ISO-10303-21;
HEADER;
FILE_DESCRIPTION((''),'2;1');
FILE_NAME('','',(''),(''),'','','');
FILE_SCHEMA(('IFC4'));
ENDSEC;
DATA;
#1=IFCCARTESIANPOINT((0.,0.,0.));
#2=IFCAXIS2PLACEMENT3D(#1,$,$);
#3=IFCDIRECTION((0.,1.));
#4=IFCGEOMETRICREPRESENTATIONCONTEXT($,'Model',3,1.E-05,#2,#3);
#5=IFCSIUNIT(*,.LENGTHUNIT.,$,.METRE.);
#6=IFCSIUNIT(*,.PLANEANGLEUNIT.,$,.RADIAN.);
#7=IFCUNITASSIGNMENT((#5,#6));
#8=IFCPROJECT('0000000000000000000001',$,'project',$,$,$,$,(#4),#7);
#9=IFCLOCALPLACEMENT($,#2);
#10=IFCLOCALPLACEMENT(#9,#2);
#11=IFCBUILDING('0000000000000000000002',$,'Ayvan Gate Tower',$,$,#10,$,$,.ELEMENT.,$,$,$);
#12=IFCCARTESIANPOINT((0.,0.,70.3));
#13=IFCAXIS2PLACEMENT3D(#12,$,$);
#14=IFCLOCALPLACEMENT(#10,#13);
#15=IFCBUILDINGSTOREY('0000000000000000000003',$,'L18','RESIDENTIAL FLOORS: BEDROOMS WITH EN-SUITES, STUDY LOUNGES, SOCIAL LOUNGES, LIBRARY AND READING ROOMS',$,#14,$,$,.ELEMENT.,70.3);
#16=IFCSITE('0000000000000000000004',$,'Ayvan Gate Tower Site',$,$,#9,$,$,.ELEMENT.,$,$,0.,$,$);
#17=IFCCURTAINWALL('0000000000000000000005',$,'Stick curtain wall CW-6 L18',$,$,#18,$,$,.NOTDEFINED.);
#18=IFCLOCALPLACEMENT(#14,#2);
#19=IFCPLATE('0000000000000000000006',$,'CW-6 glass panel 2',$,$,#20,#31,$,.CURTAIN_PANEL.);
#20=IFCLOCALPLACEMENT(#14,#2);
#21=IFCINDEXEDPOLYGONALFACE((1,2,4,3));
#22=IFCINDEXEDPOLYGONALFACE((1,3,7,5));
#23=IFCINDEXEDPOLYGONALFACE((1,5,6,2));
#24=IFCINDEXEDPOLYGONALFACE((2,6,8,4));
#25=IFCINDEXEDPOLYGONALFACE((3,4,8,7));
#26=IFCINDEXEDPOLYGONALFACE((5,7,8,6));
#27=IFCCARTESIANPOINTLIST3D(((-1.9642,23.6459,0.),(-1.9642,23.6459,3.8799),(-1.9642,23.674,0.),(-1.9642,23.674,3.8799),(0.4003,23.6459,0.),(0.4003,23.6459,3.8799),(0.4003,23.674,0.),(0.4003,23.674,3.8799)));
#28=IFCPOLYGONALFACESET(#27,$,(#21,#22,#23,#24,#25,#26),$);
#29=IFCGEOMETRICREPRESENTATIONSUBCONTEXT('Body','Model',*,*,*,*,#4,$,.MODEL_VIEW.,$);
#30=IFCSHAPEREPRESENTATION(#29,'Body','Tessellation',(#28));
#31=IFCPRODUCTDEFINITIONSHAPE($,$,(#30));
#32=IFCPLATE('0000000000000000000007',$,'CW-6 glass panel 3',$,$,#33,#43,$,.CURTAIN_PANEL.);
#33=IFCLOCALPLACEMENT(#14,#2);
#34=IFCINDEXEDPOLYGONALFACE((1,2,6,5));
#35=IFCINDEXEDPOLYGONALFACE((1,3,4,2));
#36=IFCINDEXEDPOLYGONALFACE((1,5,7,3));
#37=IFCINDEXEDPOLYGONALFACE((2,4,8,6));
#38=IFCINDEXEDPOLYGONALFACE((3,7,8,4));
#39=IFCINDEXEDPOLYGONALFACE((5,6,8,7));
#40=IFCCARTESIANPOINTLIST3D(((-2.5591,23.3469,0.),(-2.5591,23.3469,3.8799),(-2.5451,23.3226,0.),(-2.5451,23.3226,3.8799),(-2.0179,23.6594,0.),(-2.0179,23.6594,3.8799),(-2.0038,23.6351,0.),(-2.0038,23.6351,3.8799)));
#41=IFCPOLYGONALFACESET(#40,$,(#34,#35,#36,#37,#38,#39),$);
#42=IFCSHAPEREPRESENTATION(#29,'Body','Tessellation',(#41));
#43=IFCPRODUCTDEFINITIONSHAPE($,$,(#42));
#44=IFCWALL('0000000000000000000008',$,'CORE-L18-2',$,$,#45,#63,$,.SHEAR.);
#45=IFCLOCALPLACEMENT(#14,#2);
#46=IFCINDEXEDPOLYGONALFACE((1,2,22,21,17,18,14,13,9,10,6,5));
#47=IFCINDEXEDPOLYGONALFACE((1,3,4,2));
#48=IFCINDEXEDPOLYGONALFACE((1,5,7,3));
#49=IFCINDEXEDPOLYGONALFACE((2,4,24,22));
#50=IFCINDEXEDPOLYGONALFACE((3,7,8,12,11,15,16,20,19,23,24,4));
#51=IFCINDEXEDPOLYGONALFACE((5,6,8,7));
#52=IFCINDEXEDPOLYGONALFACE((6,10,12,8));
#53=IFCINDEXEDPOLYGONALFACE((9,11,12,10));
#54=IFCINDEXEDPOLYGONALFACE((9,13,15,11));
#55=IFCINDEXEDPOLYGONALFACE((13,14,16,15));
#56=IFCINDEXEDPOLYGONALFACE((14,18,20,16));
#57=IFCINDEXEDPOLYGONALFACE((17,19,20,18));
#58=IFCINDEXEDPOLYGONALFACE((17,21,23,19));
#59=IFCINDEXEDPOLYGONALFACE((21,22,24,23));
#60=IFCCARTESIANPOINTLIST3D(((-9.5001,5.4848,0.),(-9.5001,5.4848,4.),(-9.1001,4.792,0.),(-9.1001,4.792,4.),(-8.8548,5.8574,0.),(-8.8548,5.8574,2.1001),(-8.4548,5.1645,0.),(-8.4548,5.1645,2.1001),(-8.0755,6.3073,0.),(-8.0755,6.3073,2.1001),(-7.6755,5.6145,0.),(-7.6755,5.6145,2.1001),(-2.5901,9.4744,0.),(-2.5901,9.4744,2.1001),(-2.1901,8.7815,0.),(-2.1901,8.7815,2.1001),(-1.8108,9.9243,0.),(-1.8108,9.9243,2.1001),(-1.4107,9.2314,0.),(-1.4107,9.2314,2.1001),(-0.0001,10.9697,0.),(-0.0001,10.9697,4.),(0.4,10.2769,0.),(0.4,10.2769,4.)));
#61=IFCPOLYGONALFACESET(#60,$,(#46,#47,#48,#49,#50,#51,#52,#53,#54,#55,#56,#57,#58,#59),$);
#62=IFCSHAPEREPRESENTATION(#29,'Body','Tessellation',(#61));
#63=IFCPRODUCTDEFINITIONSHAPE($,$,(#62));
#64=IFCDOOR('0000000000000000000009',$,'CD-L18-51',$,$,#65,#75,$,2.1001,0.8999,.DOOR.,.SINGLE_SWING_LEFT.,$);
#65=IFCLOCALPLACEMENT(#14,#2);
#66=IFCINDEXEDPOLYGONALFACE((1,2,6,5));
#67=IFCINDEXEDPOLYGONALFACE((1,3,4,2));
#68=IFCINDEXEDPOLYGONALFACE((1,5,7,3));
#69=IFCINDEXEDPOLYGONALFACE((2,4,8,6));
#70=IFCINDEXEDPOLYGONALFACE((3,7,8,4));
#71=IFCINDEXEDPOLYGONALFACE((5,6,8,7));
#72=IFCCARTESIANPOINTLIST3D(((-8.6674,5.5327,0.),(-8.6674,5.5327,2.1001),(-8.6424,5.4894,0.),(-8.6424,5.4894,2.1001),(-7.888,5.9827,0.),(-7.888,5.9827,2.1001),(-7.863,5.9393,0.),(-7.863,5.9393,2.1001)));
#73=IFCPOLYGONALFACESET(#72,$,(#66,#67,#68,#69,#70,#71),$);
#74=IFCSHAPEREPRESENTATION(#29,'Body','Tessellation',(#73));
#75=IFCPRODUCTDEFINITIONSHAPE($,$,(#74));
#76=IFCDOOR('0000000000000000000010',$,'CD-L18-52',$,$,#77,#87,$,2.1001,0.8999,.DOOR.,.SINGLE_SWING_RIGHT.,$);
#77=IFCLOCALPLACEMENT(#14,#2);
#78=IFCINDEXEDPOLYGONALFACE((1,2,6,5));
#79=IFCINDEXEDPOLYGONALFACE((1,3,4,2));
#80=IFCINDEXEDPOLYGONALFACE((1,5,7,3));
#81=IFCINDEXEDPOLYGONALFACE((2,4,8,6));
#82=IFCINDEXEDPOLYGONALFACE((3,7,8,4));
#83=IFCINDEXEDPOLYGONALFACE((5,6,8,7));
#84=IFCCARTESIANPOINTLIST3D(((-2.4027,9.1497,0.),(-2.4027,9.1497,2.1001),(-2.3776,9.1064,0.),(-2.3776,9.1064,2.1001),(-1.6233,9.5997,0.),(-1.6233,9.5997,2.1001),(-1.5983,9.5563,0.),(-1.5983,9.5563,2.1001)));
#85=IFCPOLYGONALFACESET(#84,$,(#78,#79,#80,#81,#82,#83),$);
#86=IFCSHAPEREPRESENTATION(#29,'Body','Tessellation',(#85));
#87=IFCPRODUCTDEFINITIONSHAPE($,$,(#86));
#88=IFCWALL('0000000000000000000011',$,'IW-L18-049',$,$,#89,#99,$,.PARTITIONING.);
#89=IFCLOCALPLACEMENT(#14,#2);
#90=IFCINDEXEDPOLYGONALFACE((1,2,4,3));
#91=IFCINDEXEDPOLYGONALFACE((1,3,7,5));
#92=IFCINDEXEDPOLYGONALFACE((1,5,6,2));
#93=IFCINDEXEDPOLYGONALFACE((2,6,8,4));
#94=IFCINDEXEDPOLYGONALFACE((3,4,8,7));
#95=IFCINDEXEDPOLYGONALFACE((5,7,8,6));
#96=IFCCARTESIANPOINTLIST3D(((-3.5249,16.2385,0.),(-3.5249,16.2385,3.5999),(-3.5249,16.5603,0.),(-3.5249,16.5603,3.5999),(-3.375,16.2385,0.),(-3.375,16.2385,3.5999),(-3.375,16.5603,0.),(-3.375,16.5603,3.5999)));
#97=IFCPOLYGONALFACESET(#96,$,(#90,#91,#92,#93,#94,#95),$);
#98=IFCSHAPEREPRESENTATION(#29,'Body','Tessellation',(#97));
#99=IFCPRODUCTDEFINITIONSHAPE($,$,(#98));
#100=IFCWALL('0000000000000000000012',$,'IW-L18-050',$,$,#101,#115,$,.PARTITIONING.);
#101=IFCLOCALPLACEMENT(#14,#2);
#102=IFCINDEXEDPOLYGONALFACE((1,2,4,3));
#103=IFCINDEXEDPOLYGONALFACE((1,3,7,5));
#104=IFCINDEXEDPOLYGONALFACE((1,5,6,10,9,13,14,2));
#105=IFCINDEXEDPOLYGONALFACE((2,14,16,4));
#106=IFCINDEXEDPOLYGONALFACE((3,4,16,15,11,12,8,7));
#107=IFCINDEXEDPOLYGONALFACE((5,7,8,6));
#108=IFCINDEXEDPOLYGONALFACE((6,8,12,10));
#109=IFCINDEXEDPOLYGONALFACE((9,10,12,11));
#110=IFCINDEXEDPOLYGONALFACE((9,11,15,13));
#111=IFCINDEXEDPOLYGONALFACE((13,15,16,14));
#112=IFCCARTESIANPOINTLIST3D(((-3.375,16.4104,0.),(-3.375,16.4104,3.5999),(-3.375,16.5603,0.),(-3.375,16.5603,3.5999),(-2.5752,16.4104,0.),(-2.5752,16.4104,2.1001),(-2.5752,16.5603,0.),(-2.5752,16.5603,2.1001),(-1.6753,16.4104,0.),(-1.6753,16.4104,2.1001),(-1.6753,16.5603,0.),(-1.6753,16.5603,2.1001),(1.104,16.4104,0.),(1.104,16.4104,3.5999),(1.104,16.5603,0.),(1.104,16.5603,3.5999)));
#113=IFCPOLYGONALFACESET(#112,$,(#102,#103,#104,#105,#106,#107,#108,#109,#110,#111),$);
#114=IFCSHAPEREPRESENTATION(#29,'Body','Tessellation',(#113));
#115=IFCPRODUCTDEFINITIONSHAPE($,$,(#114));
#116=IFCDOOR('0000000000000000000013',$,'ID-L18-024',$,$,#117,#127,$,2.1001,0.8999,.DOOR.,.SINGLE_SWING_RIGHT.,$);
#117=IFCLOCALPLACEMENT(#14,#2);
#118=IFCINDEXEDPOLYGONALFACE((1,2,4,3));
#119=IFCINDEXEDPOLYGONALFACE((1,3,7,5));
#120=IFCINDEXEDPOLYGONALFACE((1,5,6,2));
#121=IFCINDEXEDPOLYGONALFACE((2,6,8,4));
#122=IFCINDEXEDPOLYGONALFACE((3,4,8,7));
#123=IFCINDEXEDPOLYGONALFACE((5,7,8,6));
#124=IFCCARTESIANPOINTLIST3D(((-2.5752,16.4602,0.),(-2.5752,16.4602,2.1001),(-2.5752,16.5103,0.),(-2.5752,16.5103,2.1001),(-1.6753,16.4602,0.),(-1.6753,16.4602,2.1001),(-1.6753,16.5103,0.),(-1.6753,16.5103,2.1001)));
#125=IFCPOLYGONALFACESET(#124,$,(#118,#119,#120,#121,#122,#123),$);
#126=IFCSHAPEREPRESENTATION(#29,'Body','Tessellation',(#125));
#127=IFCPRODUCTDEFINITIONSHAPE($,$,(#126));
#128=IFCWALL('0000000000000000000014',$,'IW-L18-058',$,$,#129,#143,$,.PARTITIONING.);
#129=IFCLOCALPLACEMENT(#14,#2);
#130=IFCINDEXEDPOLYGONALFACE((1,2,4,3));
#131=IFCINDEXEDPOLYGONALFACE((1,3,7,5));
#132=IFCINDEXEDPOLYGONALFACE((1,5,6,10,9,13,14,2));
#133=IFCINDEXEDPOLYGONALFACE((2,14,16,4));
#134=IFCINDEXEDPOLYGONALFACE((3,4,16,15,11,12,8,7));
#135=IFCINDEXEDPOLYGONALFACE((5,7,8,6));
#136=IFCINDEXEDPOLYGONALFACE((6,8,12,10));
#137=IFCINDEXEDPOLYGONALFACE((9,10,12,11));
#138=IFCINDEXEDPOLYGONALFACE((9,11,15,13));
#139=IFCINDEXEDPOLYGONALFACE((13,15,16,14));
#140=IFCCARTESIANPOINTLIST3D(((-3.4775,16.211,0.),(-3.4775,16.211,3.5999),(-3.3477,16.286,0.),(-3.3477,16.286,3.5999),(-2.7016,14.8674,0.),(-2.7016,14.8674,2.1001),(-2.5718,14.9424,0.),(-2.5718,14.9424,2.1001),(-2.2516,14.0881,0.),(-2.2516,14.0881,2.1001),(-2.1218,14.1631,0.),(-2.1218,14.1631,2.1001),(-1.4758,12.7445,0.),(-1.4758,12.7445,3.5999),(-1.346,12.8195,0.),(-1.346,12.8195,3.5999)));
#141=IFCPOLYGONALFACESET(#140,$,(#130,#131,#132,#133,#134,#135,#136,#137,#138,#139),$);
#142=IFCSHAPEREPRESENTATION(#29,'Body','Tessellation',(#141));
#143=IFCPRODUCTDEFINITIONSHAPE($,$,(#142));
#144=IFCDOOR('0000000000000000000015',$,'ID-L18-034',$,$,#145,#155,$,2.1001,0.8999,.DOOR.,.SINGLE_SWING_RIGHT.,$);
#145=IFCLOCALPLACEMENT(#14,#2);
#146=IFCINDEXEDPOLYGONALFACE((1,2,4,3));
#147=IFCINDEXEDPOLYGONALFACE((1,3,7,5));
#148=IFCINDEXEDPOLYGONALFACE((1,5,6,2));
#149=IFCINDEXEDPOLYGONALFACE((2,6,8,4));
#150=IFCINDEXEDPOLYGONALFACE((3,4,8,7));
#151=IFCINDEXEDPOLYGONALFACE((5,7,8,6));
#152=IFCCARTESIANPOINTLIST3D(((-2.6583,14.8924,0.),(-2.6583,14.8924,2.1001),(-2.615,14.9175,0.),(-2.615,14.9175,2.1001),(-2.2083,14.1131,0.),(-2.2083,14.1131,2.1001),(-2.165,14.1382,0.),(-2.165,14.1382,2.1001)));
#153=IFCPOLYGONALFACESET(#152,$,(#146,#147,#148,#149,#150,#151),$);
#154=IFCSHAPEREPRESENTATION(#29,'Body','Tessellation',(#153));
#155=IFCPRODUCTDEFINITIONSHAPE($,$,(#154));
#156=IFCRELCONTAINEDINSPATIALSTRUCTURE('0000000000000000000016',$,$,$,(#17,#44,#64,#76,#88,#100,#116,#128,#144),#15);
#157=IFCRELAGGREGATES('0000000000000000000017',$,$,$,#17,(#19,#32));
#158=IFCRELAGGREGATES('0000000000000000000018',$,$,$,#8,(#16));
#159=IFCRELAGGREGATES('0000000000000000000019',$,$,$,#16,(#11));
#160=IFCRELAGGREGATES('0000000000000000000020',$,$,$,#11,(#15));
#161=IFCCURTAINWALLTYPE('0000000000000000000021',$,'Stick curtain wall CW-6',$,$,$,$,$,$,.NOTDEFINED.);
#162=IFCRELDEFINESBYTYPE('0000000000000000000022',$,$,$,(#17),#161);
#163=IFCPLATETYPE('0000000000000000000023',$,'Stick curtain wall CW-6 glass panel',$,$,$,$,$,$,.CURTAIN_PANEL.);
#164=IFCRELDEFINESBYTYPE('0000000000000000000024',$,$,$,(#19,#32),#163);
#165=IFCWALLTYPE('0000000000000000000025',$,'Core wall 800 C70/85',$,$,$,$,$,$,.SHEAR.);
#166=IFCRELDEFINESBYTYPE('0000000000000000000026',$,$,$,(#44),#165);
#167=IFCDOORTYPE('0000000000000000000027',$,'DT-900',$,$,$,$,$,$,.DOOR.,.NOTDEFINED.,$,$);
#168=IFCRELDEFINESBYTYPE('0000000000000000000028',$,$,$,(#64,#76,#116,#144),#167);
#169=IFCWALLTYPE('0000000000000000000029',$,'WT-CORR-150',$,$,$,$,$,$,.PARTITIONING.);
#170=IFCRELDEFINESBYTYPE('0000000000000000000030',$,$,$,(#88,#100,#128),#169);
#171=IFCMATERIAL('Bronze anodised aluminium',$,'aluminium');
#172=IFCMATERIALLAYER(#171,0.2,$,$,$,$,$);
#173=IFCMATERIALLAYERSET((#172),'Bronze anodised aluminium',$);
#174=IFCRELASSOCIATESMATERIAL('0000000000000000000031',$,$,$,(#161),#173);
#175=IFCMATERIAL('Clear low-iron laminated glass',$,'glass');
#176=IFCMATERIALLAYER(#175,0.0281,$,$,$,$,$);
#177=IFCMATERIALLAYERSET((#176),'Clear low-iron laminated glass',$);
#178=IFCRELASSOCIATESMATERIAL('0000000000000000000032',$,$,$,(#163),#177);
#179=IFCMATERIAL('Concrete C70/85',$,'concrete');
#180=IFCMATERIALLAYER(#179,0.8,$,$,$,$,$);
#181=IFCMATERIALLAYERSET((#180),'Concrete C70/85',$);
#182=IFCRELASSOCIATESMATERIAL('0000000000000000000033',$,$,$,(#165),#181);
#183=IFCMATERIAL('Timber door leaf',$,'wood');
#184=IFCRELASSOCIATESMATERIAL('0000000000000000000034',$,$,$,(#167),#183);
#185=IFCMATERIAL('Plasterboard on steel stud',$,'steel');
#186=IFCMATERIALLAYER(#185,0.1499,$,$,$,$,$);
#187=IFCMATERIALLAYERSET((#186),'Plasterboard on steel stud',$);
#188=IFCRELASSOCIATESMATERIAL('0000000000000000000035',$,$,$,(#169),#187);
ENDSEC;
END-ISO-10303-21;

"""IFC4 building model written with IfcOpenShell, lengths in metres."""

from ifc_helpers import new_model, si_unit, direction, frame, frame_2d, origin, origin_2d, place, context, subcontext, project, spatial, rectangle, extrude, material, layer, layer_set, type_object, element, fill, aggregate, save


model = new_model("IFC4")

# Units and contexts
model_context = context("Model", 3, precision=1e-05, world=origin(), true_north=direction((0.0, 1.0)))
body_context = subcontext(model_context, "Body", "Model", "MODEL_VIEW")
ifc_project = project(units=[si_unit("LENGTHUNIT", "METRE"), si_unit("PLANEANGLEUNIT", "RADIAN")], contexts=[model_context])

# Site, building, storey
site_placement = place(None, origin())
site = spatial("IfcSite", under=ifc_project, at=site_placement, Name="Ayvan Gate Tower Site", CompositionType="ELEMENT", RefElevation=0.0)
building_placement = place(site_placement, origin())
building = spatial("IfcBuilding", under=site, at=building_placement, Name="Ayvan Gate Tower", CompositionType="ELEMENT")
storey_placement = place(building_placement, frame((0.0, 0.0, 70.3)))
storey = spatial("IfcBuildingStorey", under=building, at=storey_placement, Name="L18", Description="RESIDENTIAL FLOORS: BEDROOMS WITH EN-SUITES, STUDY LOUNGES, SOCIAL LOUNGES, LIBRARY AND READING ROOMS", CompositionType="ELEMENT", Elevation=70.3)

# Shared definitions
ifc_material_1 = material(Name="Concrete C70/85", Category="concrete")

# Curtain wall
ifc_material_2 = material(Name="Bronze anodised aluminium", Category="aluminium")
ifc_layer_1 = layer(ifc_material_2, 0.2)
ifc_layer_set_1 = layer_set([ifc_layer_1], Name="Bronze anodised aluminium")
curtain_wall_type_1 = type_object("IfcCurtainWallType", Name="Stick curtain wall CW-6", PredefinedType="NOTDEFINED", material=ifc_layer_set_1)
curtain_wall_1_placement = place(storey_placement, origin())
curtain_wall_1 = element("IfcCurtainWall", 1, at=curtain_wall_1_placement, inside=storey, type_object=curtain_wall_type_1, Name="Stick curtain wall CW-6 L18", PredefinedType="NOTDEFINED")

# Plates
ifc_material_3 = material(Name="Clear low-iron laminated glass", Category="glass")
ifc_layer_2 = layer(ifc_material_3, 0.0281)
ifc_layer_set_2 = layer_set([ifc_layer_2], Name="Clear low-iron laminated glass")
plate_type_1 = type_object("IfcPlateType", Name="Stick curtain wall CW-6 glass panel", PredefinedType="CURTAIN_PANEL", material=ifc_layer_set_2)
plate_1_placement = place(storey_placement, frame((-0.782, 23.6599, 0.0), z_axis=(0.0, 0.0, 1.0), x_axis=(-1.0, 0.0, 0.0)))
plate_1 = element("IfcPlate", 2, at=plate_1_placement, type_object=plate_type_1, Name="CW-6 glass panel 2", PredefinedType="CURTAIN_PANEL", context=body_context, shape_type="SweptSolid", body=[
    extrude(rectangle(XDim=2.3645, YDim=0.0281, at=origin_2d()), origin(), (0.0, 0.0, 1.0), 3.8799),
])
plate_2_placement = place(storey_placement, frame((-2.2815, 23.491, 0.0), z_axis=(0.0, 0.0, 1.0), x_axis=(-0.866025, -0.5, 0.0)))
plate_2 = element("IfcPlate", 3, at=plate_2_placement, type_object=plate_type_1, Name="CW-6 glass panel 3", PredefinedType="CURTAIN_PANEL", context=body_context, shape_type="SweptSolid", body=[
    extrude(rectangle(XDim=0.625, YDim=0.0281, at=origin_2d()), origin(), (0.0, 0.0, 1.0), 3.8799),
])
aggregate(curtain_wall_1, [plate_1, plate_2])

# Wall, openings, doors
ifc_layer_3 = layer(ifc_material_1, 0.8)
ifc_layer_set_3 = layer_set([ifc_layer_3], Name="Concrete C70/85")
wall_type_1 = type_object("IfcWallType", Name="Core wall 800 C70/85", PredefinedType="SHEAR", material=ifc_layer_set_3)
wall_1_placement = place(storey_placement, frame((0.2, 10.6233, 0.0), z_axis=(0.0, 0.0, 1.0), x_axis=(-0.866024, -0.500002, 0.0)))
wall_1 = element("IfcWall", 4, at=wall_1_placement, inside=storey, type_object=wall_type_1, Name="CORE-L18-2", PredefinedType="SHEAR", context=body_context, shape_type="SweptSolid", body=[
    extrude(rectangle(XDim=10.9697, YDim=0.8, at=frame_2d((5.4849, 0.0))), origin(), (0.0, 0.0, 1.0), 4.0),
])
opening_1_placement = place(wall_1_placement, frame((9.3247, 0.0, 0.0)))
opening_1 = element("IfcOpeningElement", 5, at=opening_1_placement, cuts=wall_1, PredefinedType="OPENING", context=body_context, shape_type="SweptSolid", body=[
    extrude(rectangle(XDim=0.8999, YDim=2.1001, at=frame_2d((0.45, 1.05))), frame((0.0, 0.4099, 0.0), z_axis=(0.0, -1.0, 0.0), x_axis=(1.0, 0.0, 0.0)), (0.0, 0.0, 1.0), 0.8201),
])
opening_2_placement = place(wall_1_placement, frame((2.0908, 0.0, 0.0)))
opening_2 = element("IfcOpeningElement", 6, at=opening_2_placement, cuts=wall_1, PredefinedType="OPENING", context=body_context, shape_type="SweptSolid", body=[
    extrude(rectangle(XDim=0.8999, YDim=2.1001, at=frame_2d((0.45, 1.05))), frame((0.0, 0.4099, 0.0), z_axis=(0.0, -1.0, 0.0), x_axis=(1.0, 0.0, 0.0)), (0.0, 0.0, 1.0), 0.8201),
])
ifc_material_4 = material(Name="Timber door leaf", Category="wood")
door_type_1 = type_object("IfcDoorType", Name="DT-900", OperationType="NOTDEFINED", PredefinedType="DOOR", material=ifc_material_4)
door_1_placement = place(opening_1_placement, origin())
door_1 = element("IfcDoor", 7, at=door_1_placement, inside=storey, type_object=door_type_1, Name="CD-L18-51", OperationType="SINGLE_SWING_LEFT", OverallHeight=2.1001, OverallWidth=0.8999, PredefinedType="DOOR", context=body_context, shape_type="SweptSolid", body=[
    extrude(rectangle(XDim=0.8999, YDim=2.1001, at=frame_2d((0.45, 1.05))), frame((0.0, 0.0249, 0.0), z_axis=(0.0, -1.0, 0.0), x_axis=(1.0, 0.0, 0.0)), (0.0, 0.0, 1.0), 0.05),
])
fill(opening_1, door_1)
door_2_placement = place(opening_2_placement, origin())
door_2 = element("IfcDoor", 8, at=door_2_placement, inside=storey, type_object=door_type_1, Name="CD-L18-52", OperationType="SINGLE_SWING_RIGHT", OverallHeight=2.1001, OverallWidth=0.8999, PredefinedType="DOOR", context=body_context, shape_type="SweptSolid", body=[
    extrude(rectangle(XDim=0.8999, YDim=2.1001, at=frame_2d((0.45, 1.05))), frame((0.0, 0.0249, 0.0), z_axis=(0.0, -1.0, 0.0), x_axis=(1.0, 0.0, 0.0)), (0.0, 0.0, 1.0), 0.05),
])
fill(opening_2, door_2)

# Wall
ifc_material_5 = material(Name="Plasterboard on steel stud", Category="steel")
ifc_layer_4 = layer(ifc_material_5, 0.1499)
ifc_layer_set_4 = layer_set([ifc_layer_4], Name="Plasterboard on steel stud")
wall_type_2 = type_object("IfcWallType", Name="WT-CORR-150", PredefinedType="PARTITIONING", material=ifc_layer_set_4)
wall_2_placement = place(storey_placement, frame((-3.45, 16.2385, 0.0), z_axis=(0.0, 0.0, 1.0), x_axis=(0.0, 1.0, 0.0)))
element("IfcWall", 9, at=wall_2_placement, inside=storey, type_object=wall_type_2, Name="IW-L18-049", PredefinedType="PARTITIONING", context=body_context, shape_type="SweptSolid", body=[
    extrude(rectangle(XDim=0.3218, YDim=0.1499, at=frame_2d((0.1609, 0.0))), origin(), (0.0, 0.0, 1.0), 3.5999),
])

# Walls, openings, doors
wall_3_placement = place(storey_placement, frame((-3.375, 16.4854, 0.0), z_axis=(0.0, 0.0, 1.0), x_axis=(1.0, 0.0, 0.0)))
wall_3 = element("IfcWall", 10, at=wall_3_placement, inside=storey, type_object=wall_type_2, Name="IW-L18-050", PredefinedType="PARTITIONING", context=body_context, shape_type="SweptSolid", body=[
    extrude(rectangle(XDim=4.479, YDim=0.1499, at=frame_2d((2.2395, 0.0))), origin(), (0.0, 0.0, 1.0), 3.5999),
])
opening_3_placement = place(wall_3_placement, frame((0.7998, 0.0, 0.0)))
opening_3 = element("IfcOpeningElement", 11, at=opening_3_placement, cuts=wall_3, PredefinedType="OPENING", context=body_context, shape_type="SweptSolid", body=[
    extrude(rectangle(XDim=0.8999, YDim=2.1001, at=frame_2d((0.45, 1.05))), frame((0.0, 0.085, 0.0), z_axis=(0.0, -1.0, 0.0), x_axis=(1.0, 0.0, 0.0)), (0.0, 0.0, 1.0), 0.1699),
])
door_3_placement = place(opening_3_placement, origin())
door_3 = element("IfcDoor", 12, at=door_3_placement, inside=storey, type_object=door_type_1, Name="ID-L18-024", OperationType="SINGLE_SWING_RIGHT", OverallHeight=2.1001, OverallWidth=0.8999, PredefinedType="DOOR", context=body_context, shape_type="SweptSolid", body=[
    extrude(rectangle(XDim=0.8999, YDim=2.1001, at=frame_2d((0.45, 1.05))), frame((0.0, 0.0249, 0.0), z_axis=(0.0, -1.0, 0.0), x_axis=(1.0, 0.0, 0.0)), (0.0, 0.0, 1.0), 0.05),
])
fill(opening_3, door_3)
wall_4_placement = place(storey_placement, frame((-1.4109, 12.782, 0.0), z_axis=(0.0, 0.0, 1.0), x_axis=(-0.500055, 0.865994, 0.0)))
wall_4 = element("IfcWall", 13, at=wall_4_placement, inside=storey, type_object=wall_type_2, Name="IW-L18-058", PredefinedType="PARTITIONING", context=body_context, shape_type="SweptSolid", body=[
    extrude(rectangle(XDim=4.0029, YDim=0.1499, at=frame_2d((2.0015, 0.0))), origin(), (0.0, 0.0, 1.0), 3.5999),
])
opening_4_placement = place(wall_4_placement, frame((1.5515, 0.0, 0.0)))
opening_4 = element("IfcOpeningElement", 14, at=opening_4_placement, cuts=wall_4, PredefinedType="OPENING", context=body_context, shape_type="SweptSolid", body=[
    extrude(rectangle(XDim=0.8999, YDim=2.1001, at=frame_2d((0.45, 1.05))), frame((0.0, 0.085, 0.0), z_axis=(0.0, -1.0, 0.0), x_axis=(1.0, 0.0, 0.0)), (0.0, 0.0, 1.0), 0.1699),
])
door_4_placement = place(opening_4_placement, origin())
door_4 = element("IfcDoor", 15, at=door_4_placement, inside=storey, type_object=door_type_1, Name="ID-L18-034", OperationType="SINGLE_SWING_RIGHT", OverallHeight=2.1001, OverallWidth=0.8999, PredefinedType="DOOR", context=body_context, shape_type="SweptSolid", body=[
    extrude(rectangle(XDim=0.8999, YDim=2.1001, at=frame_2d((0.45, 1.05))), frame((0.0, 0.0249, 0.0), z_axis=(0.0, -1.0, 0.0), x_axis=(1.0, 0.0, 0.0)), (0.0, 0.0, 1.0), 0.05),
])
fill(opening_4, door_4)

save(model, "model.ifc")
